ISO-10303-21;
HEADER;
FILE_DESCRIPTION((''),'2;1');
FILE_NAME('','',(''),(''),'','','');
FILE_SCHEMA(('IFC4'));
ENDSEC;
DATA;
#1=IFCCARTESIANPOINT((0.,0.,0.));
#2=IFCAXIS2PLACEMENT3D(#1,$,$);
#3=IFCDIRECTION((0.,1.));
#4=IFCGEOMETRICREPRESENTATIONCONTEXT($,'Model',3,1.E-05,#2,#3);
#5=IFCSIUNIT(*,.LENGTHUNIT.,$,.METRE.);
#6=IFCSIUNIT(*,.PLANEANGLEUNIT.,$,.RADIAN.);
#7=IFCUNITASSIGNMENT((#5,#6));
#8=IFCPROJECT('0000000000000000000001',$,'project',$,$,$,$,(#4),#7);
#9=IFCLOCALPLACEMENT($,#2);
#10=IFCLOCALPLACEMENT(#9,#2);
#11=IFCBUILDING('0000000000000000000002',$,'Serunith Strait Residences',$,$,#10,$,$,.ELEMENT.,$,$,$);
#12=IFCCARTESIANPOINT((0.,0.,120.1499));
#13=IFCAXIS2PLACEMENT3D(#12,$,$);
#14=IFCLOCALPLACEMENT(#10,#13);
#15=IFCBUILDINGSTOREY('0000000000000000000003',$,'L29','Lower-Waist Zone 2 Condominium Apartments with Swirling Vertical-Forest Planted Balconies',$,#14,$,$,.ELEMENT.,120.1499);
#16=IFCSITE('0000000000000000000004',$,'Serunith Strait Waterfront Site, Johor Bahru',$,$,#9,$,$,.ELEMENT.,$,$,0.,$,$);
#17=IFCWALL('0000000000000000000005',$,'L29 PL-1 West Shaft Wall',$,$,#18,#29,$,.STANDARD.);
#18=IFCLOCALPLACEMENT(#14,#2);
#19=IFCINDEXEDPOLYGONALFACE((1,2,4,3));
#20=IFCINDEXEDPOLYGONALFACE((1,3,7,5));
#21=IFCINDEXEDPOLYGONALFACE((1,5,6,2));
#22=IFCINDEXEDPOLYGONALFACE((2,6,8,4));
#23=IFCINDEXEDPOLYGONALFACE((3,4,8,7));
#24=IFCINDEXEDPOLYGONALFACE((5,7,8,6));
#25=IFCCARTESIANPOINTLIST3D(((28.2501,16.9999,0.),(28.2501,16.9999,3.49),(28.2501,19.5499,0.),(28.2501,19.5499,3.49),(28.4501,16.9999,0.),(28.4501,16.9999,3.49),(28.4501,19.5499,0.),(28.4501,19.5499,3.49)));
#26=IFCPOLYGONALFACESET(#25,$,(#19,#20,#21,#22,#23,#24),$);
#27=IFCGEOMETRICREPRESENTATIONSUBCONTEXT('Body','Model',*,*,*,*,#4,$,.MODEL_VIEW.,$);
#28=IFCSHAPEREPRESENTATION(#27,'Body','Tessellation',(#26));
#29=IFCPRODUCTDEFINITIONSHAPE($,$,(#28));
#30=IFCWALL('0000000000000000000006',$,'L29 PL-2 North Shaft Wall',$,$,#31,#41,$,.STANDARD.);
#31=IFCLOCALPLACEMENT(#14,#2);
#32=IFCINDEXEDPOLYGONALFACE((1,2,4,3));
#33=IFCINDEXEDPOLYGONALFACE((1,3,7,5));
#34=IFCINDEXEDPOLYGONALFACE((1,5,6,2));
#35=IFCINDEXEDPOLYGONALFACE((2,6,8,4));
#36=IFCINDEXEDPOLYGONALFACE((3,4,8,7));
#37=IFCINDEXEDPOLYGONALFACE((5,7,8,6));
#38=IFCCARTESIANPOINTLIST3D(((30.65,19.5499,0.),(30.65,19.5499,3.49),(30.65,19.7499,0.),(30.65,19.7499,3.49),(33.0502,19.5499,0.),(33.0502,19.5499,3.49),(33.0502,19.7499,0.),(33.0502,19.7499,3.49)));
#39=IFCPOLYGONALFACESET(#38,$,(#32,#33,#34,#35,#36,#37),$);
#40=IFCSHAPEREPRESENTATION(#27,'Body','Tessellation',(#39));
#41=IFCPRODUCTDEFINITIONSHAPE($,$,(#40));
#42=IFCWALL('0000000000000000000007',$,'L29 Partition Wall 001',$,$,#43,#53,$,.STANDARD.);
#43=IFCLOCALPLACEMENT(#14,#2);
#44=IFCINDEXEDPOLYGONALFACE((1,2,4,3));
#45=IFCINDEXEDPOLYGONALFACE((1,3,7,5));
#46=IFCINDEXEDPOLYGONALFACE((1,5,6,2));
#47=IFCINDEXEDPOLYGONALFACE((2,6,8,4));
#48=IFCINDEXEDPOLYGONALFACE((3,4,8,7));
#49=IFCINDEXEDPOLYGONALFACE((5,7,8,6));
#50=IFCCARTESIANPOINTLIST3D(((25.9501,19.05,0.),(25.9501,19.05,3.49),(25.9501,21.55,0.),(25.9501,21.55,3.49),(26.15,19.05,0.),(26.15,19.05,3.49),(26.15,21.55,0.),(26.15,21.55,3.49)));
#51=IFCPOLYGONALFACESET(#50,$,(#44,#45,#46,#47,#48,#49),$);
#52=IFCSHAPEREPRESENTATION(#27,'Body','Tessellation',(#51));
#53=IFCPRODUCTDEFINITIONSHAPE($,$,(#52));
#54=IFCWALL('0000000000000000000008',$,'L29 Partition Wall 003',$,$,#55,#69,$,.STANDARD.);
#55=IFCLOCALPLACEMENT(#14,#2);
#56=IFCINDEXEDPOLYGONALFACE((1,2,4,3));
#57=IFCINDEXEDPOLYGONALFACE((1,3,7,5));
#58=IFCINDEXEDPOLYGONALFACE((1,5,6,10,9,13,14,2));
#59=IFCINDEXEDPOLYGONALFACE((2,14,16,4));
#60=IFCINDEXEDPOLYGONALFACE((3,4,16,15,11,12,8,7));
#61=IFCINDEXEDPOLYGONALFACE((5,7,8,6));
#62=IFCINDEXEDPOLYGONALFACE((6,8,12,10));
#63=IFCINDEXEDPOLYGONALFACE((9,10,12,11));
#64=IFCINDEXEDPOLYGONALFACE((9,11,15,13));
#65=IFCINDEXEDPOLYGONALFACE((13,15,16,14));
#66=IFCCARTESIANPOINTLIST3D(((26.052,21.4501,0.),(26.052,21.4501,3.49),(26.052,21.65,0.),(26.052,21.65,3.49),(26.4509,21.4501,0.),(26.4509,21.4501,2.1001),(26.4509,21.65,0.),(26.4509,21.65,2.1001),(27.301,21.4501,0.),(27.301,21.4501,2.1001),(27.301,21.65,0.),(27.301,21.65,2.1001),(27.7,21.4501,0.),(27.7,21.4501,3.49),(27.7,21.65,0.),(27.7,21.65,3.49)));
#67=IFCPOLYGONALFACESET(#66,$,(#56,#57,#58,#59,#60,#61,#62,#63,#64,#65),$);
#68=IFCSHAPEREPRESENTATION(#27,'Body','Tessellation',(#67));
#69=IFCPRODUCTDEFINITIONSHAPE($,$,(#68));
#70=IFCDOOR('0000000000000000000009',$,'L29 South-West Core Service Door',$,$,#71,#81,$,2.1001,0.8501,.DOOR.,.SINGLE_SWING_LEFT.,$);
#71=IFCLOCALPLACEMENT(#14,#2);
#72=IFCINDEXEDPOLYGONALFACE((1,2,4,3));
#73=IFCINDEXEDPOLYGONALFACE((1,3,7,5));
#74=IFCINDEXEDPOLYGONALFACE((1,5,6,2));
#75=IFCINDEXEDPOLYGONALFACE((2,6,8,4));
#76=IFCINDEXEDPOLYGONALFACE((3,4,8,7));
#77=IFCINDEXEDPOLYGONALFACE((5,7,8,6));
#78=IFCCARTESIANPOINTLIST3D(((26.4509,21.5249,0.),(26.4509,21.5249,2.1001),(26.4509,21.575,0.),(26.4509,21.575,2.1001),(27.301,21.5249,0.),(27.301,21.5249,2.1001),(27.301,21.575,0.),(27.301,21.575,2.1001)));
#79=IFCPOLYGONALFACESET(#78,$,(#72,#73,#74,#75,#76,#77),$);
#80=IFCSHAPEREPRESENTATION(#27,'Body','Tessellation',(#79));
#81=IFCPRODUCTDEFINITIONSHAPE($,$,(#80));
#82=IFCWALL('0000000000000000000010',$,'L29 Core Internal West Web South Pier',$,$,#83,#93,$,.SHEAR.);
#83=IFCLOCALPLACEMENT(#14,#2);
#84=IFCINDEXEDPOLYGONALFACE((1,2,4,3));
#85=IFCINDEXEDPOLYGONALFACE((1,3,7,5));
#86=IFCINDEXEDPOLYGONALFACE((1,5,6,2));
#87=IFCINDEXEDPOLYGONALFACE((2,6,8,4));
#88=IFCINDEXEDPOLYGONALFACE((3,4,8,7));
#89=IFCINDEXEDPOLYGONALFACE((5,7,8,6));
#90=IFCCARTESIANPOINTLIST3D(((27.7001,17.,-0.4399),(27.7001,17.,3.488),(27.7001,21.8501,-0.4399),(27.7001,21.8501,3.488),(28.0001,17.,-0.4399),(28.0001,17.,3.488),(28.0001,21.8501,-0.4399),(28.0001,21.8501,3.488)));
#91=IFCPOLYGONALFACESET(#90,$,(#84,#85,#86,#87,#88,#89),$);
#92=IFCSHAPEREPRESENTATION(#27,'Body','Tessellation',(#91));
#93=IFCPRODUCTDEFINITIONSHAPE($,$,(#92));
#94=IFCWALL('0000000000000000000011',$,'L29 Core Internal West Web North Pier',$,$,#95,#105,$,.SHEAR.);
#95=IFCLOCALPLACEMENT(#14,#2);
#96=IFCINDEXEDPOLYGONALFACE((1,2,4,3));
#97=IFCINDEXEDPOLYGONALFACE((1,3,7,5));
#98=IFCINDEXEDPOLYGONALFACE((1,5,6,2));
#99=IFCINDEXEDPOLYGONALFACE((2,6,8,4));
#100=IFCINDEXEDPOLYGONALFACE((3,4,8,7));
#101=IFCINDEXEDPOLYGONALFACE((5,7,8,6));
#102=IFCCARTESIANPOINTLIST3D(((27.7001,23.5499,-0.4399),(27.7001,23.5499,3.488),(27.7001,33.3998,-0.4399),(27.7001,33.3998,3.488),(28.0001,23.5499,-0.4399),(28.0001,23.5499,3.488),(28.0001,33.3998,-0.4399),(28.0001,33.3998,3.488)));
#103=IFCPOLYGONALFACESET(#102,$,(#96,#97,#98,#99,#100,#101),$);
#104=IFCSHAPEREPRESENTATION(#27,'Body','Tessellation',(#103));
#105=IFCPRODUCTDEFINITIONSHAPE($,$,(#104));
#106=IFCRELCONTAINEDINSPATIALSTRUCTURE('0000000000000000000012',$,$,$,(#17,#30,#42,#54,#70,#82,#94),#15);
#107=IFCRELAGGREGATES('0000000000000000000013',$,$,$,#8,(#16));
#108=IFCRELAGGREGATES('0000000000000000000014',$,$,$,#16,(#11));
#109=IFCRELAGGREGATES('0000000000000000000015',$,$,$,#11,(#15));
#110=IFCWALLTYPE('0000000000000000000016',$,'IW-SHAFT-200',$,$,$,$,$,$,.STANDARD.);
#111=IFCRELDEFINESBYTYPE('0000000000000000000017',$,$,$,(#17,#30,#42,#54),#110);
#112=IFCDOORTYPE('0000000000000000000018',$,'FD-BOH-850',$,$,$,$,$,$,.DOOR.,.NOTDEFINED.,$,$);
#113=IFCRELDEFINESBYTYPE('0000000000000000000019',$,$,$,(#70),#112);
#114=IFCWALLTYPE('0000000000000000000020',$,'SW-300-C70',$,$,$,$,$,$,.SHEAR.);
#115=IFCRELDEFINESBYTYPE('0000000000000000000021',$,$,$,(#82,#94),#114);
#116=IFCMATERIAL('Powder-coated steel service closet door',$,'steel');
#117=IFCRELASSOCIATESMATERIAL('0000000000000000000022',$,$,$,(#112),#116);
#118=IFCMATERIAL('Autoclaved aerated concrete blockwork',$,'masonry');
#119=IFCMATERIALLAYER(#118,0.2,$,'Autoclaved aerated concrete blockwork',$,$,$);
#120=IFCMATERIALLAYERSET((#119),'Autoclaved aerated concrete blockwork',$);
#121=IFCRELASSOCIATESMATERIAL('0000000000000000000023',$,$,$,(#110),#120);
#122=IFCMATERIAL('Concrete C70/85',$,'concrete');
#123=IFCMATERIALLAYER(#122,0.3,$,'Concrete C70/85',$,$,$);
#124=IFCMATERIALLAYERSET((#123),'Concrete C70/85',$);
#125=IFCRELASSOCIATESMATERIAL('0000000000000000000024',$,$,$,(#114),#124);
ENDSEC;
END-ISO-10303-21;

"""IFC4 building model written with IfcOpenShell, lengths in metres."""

from ifc_helpers import new_model, si_unit, direction, frame, frame_2d, origin, place, context, subcontext, project, spatial, rectangle, extrude, source, transform, mapped, material, layer, layer_set, type_object, element, fill, save


model = new_model("IFC4")

# Units and contexts
model_context = context("Model", 3, precision=1e-05, world=origin(), true_north=direction((0.0, 1.0)))
body_context = subcontext(model_context, "Body", "Model", "MODEL_VIEW")
ifc_project = project(units=[si_unit("LENGTHUNIT", "METRE"), si_unit("PLANEANGLEUNIT", "RADIAN")], contexts=[model_context])

# Site, building, storey
site_placement = place(None, origin())
site = spatial("IfcSite", under=ifc_project, at=site_placement, Name="Serunith Strait Waterfront Site, Johor Bahru", CompositionType="ELEMENT", RefElevation=0.0)
building_placement = place(site_placement, origin())
building = spatial("IfcBuilding", under=site, at=building_placement, Name="Serunith Strait Residences", CompositionType="ELEMENT")
storey_placement = place(building_placement, frame((0.0, 0.0, 120.1499)))
storey = spatial("IfcBuildingStorey", under=building, at=storey_placement, Name="L29", Description="Lower-Waist Zone 2 Condominium Apartments with Swirling Vertical-Forest Planted Balconies", CompositionType="ELEMENT", Elevation=120.1499)

# Shared definitions
ifc_material_1 = material(Name="Powder-coated steel service closet door", Category="steel")
door_type_1 = type_object("IfcDoorType", Name="FD-BOH-850", OperationType="NOTDEFINED", PredefinedType="DOOR", material=ifc_material_1)
shared_shape_1 = source(origin(), body_context, "Body", "SweptSolid", [
    extrude(rectangle(XDim=0.8501, YDim=2.1001, at=frame_2d((0.425, 1.05))), frame((0.0, 0.0249, 0.0), z_axis=(0.0, -1.0, 0.0), x_axis=(1.0, 0.0, 0.0)), (0.0, 0.0, 1.0), 0.05),
])
ifc_material_2 = material(Name="Autoclaved aerated concrete blockwork", Category="masonry")
ifc_layer_1 = layer(ifc_material_2, 0.2, Name="Autoclaved aerated concrete blockwork")
ifc_layer_set_1 = layer_set([ifc_layer_1], Name="Autoclaved aerated concrete blockwork")
wall_type_1 = type_object("IfcWallType", Name="IW-SHAFT-200", PredefinedType="STANDARD", material=ifc_layer_set_1)

# Walls
wall_1_placement = place(storey_placement, frame((28.3501, 17.0, 0.0), z_axis=(0.0, 0.0, 1.0), x_axis=(0.0, 1.0, 0.0)))
element("IfcWall", 1, at=wall_1_placement, inside=storey, type_object=wall_type_1, Name="L29 PL-1 West Shaft Wall", PredefinedType="STANDARD", context=body_context, shape_type="SweptSolid", body=[
    extrude(rectangle(XDim=2.55, YDim=0.2, at=frame_2d((1.2749, 0.0))), origin(), (0.0, 0.0, 1.0), 3.49),
])
wall_2_placement = place(storey_placement, frame((30.6499, 19.6499, 0.0), z_axis=(0.0, 0.0, 1.0), x_axis=(1.0, 0.0, 0.0)))
element("IfcWall", 2, at=wall_2_placement, inside=storey, type_object=wall_type_1, Name="L29 PL-2 North Shaft Wall", PredefinedType="STANDARD", context=body_context, shape_type="SweptSolid", body=[
    extrude(rectangle(XDim=2.4001, YDim=0.2, at=frame_2d((1.2002, 0.0))), origin(), (0.0, 0.0, 1.0), 3.49),
])
wall_3_placement = place(storey_placement, frame((26.05, 19.05, 0.0), z_axis=(0.0, 0.0, 1.0), x_axis=(0.0, 1.0, 0.0)))
element("IfcWall", 3, at=wall_3_placement, inside=storey, type_object=wall_type_1, Name="L29 Partition Wall 001", PredefinedType="STANDARD", context=body_context, shape_type="SweptSolid", body=[
    extrude(rectangle(XDim=2.5, YDim=0.2, at=frame_2d((1.25, 0.0))), origin(), (0.0, 0.0, 1.0), 3.49),
])

# Wall, opening, door
wall_4_placement = place(storey_placement, frame((26.052, 21.55, 0.0), z_axis=(0.0, 0.0, 1.0), x_axis=(1.0, 0.0, 0.0)))
wall_4 = element("IfcWall", 4, at=wall_4_placement, inside=storey, type_object=wall_type_1, Name="L29 Partition Wall 003", PredefinedType="STANDARD", context=body_context, shape_type="SweptSolid", body=[
    extrude(rectangle(XDim=1.6479, YDim=0.2, at=frame_2d((0.824, 0.0))), origin(), (0.0, 0.0, 1.0), 3.49),
])
opening_1_placement = place(wall_4_placement, frame((0.3989, 0.0, 0.0)))
opening_1 = element("IfcOpeningElement", 5, at=opening_1_placement, cuts=wall_4, PredefinedType="OPENING", context=body_context, shape_type="SweptSolid", body=[
    extrude(rectangle(XDim=0.8501, YDim=2.1001, at=frame_2d((0.425, 1.05))), frame((0.0, 0.1099, 0.0), z_axis=(0.0, -1.0, 0.0), x_axis=(1.0, 0.0, 0.0)), (0.0, 0.0, 1.0), 0.22),
])
door_1_placement = place(opening_1_placement, origin())
door_1 = element("IfcDoor", 6, at=door_1_placement, inside=storey, type_object=door_type_1, Name="L29 South-West Core Service Door", OperationType="SINGLE_SWING_LEFT", OverallHeight=2.1001, OverallWidth=0.8501, PredefinedType="DOOR", context=body_context, shape_type="MappedRepresentation", body=[
    mapped(shared_shape_1, transform((0.0, 0.0, 0.0), scale=1.0)),
])
fill(opening_1, door_1)

# Walls
ifc_material_3 = material(Name="Concrete C70/85", Category="concrete")
ifc_layer_2 = layer(ifc_material_3, 0.3, Name="Concrete C70/85")
ifc_layer_set_2 = layer_set([ifc_layer_2], Name="Concrete C70/85")
wall_type_2 = type_object("IfcWallType", Name="SW-300-C70", PredefinedType="SHEAR", material=ifc_layer_set_2)
wall_5_placement = place(storey_placement, frame((27.8501, 17.0, -0.4399), z_axis=(0.0, 0.0, 1.0), x_axis=(0.0, 1.0, 0.0)))
element("IfcWall", 7, at=wall_5_placement, inside=storey, type_object=wall_type_2, Name="L29 Core Internal West Web South Pier", PredefinedType="SHEAR", context=body_context, shape_type="SweptSolid", body=[
    extrude(rectangle(XDim=4.8501, YDim=0.3, at=frame_2d((2.425, 0.0))), origin(), (0.0, 0.0, 1.0), 3.928),
])
wall_6_placement = place(storey_placement, frame((27.8501, 23.55, -0.4399), z_axis=(0.0, 0.0, 1.0), x_axis=(0.0, 1.0, 0.0)))
element("IfcWall", 8, at=wall_6_placement, inside=storey, type_object=wall_type_2, Name="L29 Core Internal West Web North Pier", PredefinedType="SHEAR", context=body_context, shape_type="SweptSolid", body=[
    extrude(rectangle(XDim=9.8499, YDim=0.3, at=frame_2d((4.9248, 0.0))), origin(), (0.0, 0.0, 1.0), 3.928),
])

save(model, "model.ifc")
